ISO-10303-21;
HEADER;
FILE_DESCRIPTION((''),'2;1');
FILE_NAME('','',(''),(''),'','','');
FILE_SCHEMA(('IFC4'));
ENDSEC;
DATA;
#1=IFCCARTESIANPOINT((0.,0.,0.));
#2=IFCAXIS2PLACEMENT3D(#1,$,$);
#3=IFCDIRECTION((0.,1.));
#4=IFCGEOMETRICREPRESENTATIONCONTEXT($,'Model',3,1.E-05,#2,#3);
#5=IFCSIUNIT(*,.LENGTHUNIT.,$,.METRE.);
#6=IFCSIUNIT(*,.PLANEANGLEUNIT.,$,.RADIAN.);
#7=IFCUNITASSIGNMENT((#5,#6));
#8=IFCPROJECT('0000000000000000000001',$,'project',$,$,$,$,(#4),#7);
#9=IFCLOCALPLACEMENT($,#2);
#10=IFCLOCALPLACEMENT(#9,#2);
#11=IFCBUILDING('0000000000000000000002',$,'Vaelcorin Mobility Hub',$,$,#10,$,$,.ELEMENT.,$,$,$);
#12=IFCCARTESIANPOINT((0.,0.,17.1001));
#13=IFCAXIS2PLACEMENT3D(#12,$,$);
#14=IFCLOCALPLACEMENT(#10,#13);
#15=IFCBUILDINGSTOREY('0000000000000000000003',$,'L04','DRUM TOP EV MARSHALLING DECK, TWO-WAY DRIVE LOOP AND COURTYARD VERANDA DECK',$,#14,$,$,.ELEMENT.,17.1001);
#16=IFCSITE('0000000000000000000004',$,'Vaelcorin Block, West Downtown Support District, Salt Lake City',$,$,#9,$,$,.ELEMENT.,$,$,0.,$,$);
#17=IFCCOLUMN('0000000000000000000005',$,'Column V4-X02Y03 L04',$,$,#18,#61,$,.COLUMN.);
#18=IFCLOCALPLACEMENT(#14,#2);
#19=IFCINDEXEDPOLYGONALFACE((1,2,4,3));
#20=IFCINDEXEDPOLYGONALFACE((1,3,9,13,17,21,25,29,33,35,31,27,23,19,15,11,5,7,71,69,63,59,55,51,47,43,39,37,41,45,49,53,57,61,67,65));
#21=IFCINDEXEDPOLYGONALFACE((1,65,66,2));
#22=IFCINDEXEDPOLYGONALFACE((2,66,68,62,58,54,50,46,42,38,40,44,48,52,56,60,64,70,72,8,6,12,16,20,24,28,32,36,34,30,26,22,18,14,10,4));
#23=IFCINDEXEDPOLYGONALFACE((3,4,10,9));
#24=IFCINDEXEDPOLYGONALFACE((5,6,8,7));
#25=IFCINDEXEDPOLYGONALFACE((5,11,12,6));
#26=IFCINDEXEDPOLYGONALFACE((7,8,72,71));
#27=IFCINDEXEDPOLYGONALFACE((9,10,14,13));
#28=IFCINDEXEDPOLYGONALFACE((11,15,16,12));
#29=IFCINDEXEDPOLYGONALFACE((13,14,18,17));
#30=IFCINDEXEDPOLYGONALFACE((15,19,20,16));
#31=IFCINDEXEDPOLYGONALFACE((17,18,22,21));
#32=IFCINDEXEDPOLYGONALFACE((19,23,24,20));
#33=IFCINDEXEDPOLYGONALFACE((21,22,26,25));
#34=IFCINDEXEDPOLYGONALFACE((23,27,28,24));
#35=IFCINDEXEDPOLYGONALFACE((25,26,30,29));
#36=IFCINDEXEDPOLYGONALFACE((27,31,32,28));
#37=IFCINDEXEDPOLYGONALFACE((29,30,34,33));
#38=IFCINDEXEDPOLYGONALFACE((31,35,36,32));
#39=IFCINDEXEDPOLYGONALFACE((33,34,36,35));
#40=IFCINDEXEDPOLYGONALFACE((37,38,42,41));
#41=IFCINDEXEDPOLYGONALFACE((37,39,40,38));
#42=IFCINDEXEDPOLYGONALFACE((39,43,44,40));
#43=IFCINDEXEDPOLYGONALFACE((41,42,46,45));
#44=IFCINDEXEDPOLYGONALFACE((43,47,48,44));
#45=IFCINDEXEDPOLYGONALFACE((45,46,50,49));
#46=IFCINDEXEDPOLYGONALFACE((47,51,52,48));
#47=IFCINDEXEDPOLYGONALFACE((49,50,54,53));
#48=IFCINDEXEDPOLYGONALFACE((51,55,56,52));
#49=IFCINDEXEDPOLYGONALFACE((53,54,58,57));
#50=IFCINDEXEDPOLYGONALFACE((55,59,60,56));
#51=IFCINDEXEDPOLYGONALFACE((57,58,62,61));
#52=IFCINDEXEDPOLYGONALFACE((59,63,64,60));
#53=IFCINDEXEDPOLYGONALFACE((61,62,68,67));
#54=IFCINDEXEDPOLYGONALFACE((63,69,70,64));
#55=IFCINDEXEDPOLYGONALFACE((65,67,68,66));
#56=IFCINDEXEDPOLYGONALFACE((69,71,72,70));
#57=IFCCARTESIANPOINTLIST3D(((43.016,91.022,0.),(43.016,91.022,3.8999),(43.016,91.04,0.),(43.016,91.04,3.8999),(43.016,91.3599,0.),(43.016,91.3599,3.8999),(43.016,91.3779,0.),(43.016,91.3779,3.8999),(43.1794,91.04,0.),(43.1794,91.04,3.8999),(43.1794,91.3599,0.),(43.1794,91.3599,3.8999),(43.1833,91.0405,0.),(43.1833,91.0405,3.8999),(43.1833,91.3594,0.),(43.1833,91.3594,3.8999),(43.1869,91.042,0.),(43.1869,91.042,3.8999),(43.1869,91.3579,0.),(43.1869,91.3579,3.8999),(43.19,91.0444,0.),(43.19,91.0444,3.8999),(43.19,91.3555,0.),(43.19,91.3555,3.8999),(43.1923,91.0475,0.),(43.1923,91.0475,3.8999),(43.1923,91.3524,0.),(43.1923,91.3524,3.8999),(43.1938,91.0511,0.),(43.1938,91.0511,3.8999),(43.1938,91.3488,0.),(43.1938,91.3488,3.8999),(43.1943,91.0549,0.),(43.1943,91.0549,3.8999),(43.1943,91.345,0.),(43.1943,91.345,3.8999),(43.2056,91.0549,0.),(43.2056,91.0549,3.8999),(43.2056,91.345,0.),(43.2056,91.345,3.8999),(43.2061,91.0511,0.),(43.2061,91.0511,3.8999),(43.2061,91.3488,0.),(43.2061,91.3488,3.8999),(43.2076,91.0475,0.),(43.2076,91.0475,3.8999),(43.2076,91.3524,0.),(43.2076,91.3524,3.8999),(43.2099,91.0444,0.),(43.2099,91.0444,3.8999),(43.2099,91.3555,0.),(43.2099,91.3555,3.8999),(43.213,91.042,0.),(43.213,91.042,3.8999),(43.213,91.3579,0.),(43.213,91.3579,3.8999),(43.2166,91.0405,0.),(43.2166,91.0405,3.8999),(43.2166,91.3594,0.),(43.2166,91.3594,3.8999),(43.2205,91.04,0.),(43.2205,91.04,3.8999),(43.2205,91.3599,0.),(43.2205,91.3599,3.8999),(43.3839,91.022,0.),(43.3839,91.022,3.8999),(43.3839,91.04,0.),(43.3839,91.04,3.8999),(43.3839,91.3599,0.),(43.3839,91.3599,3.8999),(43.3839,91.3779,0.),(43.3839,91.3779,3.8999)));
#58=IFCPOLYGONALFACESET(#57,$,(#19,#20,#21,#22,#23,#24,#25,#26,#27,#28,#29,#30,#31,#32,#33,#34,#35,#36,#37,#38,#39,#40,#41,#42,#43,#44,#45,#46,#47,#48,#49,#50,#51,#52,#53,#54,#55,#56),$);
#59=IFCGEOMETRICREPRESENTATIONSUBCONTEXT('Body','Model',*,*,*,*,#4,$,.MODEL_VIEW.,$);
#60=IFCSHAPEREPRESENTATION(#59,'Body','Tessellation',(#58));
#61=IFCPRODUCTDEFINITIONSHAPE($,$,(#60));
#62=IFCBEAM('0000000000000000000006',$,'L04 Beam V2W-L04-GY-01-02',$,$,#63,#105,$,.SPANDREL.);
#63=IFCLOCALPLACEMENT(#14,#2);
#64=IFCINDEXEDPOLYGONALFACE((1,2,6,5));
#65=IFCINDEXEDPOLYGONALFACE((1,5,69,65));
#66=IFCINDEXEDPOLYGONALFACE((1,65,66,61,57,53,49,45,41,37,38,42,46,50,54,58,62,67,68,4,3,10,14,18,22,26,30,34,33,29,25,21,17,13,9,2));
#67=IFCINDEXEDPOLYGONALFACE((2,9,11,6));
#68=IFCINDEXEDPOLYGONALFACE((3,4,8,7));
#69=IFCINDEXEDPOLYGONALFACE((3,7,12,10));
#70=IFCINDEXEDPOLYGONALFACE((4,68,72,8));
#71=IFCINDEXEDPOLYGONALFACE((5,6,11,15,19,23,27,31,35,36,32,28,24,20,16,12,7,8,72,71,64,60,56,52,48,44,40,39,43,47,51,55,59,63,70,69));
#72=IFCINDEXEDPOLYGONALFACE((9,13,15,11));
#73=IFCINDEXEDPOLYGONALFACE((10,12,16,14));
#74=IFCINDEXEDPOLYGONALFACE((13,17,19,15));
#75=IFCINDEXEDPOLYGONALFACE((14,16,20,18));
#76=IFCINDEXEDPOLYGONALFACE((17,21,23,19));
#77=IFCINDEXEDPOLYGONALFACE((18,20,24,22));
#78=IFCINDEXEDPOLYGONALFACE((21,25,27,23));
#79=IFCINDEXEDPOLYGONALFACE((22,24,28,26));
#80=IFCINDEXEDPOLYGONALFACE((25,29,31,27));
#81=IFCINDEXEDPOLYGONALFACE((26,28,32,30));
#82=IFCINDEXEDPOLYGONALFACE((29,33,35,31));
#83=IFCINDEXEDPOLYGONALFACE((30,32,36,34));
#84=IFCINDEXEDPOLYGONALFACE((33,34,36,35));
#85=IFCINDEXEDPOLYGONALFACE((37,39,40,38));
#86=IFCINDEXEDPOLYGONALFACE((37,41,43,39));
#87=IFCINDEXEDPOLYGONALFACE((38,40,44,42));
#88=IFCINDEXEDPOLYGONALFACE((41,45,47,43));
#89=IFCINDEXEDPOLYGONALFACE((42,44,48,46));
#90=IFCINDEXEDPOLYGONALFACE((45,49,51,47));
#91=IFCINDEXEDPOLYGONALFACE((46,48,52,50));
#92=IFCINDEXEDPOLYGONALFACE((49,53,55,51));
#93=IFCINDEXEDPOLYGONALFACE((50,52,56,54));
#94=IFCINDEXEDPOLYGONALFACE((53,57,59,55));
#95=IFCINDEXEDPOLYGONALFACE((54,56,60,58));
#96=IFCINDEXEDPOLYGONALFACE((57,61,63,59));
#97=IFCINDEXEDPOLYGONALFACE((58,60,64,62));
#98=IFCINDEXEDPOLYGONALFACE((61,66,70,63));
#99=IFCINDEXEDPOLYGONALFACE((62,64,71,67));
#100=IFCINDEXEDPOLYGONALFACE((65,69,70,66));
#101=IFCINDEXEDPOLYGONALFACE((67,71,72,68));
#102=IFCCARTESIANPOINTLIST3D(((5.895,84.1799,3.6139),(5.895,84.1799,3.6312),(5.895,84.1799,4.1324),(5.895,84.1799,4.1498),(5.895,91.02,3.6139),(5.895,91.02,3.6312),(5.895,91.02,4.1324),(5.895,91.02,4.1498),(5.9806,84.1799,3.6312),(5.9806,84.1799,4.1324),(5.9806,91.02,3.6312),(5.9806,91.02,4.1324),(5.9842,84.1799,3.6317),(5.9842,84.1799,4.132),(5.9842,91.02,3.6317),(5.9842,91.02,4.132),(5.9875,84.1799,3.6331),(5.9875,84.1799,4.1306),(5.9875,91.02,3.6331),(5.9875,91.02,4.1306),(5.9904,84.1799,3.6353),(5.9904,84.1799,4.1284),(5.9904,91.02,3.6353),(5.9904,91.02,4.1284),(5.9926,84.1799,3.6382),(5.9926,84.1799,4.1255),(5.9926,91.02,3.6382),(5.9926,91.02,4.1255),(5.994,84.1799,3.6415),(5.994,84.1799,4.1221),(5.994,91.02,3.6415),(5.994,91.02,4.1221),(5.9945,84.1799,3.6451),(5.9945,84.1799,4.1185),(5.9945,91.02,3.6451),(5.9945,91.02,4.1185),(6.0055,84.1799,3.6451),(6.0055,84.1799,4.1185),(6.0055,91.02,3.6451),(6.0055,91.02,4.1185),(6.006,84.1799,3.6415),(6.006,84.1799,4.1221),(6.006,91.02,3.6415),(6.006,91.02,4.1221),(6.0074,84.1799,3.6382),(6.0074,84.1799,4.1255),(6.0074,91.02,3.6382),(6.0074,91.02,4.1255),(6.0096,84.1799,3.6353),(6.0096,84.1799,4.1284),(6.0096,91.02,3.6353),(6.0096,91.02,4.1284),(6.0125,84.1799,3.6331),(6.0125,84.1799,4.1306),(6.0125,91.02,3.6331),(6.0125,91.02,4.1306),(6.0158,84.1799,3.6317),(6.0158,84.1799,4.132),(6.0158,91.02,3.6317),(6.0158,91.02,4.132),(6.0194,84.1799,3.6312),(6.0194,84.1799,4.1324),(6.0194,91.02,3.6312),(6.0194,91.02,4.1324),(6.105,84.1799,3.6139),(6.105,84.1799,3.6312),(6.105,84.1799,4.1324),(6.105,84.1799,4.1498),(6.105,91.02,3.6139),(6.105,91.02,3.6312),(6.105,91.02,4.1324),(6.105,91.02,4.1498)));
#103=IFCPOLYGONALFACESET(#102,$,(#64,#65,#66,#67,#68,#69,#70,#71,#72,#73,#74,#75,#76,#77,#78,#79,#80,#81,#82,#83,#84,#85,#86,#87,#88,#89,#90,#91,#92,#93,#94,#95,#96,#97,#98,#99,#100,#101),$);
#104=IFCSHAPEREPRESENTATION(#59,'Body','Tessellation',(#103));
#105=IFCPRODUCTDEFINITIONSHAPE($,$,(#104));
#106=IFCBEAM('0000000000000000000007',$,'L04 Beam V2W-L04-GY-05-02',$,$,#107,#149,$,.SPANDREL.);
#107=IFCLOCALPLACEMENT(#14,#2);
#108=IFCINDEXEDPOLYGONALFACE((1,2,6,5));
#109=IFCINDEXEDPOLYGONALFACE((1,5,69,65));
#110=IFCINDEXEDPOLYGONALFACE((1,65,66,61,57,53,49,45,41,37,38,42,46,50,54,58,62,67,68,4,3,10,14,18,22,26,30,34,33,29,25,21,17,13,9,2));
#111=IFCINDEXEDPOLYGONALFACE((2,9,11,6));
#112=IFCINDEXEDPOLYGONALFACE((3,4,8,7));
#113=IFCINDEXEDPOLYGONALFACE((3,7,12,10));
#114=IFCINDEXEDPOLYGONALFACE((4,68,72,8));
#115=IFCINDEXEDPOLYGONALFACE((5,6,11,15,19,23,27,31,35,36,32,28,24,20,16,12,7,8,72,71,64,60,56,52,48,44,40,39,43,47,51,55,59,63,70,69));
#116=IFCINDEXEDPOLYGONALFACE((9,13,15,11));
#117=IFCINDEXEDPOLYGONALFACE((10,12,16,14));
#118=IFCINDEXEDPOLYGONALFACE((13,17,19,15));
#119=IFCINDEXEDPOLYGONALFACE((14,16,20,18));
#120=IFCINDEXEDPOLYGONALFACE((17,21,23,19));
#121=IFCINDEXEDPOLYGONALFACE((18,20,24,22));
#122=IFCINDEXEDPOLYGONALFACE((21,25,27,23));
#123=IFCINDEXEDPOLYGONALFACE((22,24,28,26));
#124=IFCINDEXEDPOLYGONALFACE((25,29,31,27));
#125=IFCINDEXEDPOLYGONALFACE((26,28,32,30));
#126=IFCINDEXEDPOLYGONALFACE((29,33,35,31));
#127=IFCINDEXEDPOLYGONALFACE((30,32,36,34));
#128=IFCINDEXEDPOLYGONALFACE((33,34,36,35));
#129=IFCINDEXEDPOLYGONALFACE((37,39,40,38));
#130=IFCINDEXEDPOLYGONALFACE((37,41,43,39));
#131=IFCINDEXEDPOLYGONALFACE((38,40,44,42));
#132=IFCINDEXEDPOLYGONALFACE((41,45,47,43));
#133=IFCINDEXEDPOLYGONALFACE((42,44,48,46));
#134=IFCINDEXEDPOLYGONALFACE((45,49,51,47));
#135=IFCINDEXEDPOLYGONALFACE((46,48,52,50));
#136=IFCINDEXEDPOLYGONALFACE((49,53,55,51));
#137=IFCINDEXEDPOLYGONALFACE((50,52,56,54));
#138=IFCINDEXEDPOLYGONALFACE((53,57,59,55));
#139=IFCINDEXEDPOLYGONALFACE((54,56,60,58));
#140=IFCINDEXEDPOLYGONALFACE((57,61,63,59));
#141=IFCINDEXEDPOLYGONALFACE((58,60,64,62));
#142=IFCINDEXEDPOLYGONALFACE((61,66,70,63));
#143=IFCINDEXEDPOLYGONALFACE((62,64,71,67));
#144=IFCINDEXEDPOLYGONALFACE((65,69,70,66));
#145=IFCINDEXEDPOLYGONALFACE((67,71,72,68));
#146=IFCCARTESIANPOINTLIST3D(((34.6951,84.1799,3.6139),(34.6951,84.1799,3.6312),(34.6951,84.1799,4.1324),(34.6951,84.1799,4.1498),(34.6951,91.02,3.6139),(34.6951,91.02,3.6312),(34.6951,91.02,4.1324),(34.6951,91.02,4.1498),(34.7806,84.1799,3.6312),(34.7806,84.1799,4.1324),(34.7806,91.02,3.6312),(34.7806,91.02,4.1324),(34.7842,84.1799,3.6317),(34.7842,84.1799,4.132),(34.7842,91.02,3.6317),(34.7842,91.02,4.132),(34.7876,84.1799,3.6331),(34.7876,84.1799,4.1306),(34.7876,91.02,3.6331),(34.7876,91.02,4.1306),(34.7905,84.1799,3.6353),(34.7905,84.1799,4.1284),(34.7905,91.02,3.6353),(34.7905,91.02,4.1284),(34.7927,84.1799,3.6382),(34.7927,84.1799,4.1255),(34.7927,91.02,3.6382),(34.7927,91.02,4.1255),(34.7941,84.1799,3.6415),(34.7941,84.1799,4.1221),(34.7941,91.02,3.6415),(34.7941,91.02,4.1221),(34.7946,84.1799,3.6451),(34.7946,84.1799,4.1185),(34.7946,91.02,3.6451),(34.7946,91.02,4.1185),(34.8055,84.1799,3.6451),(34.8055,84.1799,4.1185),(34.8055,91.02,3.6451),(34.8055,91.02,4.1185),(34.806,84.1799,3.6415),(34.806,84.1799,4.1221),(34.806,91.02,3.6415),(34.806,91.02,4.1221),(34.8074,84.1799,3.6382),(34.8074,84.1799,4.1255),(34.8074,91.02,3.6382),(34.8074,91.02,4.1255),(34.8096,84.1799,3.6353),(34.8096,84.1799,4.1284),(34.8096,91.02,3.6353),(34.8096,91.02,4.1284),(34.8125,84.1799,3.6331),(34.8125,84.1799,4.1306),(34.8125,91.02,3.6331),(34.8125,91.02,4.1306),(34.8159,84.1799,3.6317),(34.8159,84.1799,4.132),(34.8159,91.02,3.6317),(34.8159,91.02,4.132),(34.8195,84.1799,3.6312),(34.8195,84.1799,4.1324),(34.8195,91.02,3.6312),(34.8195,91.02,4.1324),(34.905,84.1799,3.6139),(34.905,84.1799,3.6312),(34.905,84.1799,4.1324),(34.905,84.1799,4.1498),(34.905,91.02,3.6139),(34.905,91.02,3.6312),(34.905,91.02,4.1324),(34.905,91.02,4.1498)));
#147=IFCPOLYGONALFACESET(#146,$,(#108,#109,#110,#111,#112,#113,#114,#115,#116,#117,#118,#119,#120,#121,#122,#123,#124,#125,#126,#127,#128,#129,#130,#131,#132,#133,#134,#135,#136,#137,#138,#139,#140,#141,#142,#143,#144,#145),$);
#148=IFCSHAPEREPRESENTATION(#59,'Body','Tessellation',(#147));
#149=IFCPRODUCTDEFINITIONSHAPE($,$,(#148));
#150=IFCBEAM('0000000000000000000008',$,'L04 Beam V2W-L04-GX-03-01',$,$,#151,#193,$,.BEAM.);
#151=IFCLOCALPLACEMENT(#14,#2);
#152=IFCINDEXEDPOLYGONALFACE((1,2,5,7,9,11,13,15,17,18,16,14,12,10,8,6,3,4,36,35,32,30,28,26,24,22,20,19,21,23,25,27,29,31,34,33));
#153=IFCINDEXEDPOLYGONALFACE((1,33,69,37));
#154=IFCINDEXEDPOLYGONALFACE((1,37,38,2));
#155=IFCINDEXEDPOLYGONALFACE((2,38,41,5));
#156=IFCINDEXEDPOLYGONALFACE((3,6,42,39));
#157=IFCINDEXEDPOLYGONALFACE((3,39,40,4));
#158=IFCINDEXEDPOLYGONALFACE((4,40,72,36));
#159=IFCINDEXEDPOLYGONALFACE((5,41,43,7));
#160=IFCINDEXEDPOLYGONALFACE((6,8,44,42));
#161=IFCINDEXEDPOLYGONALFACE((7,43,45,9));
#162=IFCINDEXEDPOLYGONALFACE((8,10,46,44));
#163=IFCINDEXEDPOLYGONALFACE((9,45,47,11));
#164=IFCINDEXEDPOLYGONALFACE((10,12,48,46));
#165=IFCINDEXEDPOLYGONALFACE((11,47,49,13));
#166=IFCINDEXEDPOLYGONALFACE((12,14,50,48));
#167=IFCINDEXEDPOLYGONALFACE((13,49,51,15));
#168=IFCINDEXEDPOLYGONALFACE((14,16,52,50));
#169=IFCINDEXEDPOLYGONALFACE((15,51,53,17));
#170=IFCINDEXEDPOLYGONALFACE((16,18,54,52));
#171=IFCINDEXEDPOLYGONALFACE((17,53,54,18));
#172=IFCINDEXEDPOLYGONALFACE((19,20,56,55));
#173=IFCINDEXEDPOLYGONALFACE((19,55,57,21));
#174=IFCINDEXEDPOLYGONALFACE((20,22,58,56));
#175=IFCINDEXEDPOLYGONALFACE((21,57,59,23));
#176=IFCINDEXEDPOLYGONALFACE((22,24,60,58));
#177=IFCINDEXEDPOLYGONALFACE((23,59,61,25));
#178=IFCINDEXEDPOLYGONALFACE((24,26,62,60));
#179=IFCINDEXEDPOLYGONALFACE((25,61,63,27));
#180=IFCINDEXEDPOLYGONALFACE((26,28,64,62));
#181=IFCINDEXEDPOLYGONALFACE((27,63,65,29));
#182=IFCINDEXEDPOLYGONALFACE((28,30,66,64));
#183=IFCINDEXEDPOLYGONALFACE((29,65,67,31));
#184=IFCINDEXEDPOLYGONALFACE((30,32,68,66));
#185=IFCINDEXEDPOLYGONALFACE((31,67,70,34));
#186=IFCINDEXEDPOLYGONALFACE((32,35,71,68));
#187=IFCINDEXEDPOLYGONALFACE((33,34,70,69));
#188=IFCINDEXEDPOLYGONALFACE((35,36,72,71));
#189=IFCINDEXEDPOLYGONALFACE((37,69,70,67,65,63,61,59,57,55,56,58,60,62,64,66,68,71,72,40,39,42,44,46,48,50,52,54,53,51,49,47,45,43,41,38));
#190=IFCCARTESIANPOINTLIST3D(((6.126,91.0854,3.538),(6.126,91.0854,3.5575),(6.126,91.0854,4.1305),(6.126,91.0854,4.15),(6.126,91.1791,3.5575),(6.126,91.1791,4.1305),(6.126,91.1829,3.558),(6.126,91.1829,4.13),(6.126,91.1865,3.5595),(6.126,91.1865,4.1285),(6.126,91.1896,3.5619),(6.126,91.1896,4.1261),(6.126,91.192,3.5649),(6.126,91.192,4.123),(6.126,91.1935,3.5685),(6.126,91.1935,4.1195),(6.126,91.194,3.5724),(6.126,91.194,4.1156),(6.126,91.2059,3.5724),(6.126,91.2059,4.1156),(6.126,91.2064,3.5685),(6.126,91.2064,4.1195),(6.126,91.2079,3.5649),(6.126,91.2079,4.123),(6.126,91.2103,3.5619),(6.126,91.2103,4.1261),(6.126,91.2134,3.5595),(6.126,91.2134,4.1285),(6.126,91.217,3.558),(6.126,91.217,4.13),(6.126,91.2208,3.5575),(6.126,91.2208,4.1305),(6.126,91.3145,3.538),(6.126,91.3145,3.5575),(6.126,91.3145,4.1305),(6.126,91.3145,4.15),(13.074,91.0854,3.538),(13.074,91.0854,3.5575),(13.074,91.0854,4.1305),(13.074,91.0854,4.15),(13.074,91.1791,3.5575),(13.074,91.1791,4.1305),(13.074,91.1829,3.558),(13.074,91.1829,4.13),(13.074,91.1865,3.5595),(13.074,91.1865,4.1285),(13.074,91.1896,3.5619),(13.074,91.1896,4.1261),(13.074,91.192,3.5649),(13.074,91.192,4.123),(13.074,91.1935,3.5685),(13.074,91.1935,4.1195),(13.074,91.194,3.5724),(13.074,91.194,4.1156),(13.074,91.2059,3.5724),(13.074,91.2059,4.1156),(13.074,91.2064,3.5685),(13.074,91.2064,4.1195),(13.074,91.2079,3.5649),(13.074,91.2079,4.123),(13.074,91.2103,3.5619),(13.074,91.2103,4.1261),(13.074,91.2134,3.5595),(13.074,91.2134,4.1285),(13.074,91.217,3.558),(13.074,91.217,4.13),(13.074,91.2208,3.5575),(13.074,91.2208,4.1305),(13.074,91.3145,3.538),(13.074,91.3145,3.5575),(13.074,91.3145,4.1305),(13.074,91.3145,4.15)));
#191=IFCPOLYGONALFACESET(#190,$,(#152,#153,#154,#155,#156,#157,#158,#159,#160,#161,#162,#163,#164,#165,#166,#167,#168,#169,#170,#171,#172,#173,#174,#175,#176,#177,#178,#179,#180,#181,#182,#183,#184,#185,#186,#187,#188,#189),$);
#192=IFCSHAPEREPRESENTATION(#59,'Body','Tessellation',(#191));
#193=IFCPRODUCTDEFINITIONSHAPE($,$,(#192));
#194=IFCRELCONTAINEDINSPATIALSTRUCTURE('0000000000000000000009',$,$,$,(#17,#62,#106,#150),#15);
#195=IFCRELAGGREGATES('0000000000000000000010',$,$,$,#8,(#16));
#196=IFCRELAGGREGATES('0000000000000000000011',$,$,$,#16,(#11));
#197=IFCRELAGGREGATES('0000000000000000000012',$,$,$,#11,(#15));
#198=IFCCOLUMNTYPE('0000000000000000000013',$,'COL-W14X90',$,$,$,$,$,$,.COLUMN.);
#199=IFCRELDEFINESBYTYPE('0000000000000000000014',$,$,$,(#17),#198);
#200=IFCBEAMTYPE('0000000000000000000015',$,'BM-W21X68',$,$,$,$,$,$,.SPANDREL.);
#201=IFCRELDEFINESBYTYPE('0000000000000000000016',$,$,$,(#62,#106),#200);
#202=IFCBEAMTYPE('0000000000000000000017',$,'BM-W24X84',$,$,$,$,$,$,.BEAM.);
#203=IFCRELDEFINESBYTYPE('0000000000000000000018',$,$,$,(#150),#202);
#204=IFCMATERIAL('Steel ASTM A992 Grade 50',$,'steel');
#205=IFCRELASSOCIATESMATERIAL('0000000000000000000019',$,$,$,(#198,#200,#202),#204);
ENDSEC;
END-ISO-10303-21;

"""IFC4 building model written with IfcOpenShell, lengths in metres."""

from ifc_helpers import new_model, si_unit, direction, frame, origin, origin_2d, place, context, subcontext, project, spatial, i_section, extrude, material, material_profile, profile_set, type_object, element, save


model = new_model("IFC4")

# Units and contexts
model_context = context("Model", 3, precision=1e-05, world=origin(), true_north=direction((0.0, 1.0)))
body_context = subcontext(model_context, "Body", "Model", "MODEL_VIEW")
ifc_project = project(units=[si_unit("LENGTHUNIT", "METRE"), si_unit("PLANEANGLEUNIT", "RADIAN")], contexts=[model_context])

# Site, building, storey
site_placement = place(None, origin())
site = spatial("IfcSite", under=ifc_project, at=site_placement, Name="Vaelcorin Block, West Downtown Support District, Salt Lake City", CompositionType="ELEMENT", RefElevation=0.0)
building_placement = place(site_placement, origin())
building = spatial("IfcBuilding", under=site, at=building_placement, Name="Vaelcorin Mobility Hub", CompositionType="ELEMENT")
storey_placement = place(building_placement, frame((0.0, 0.0, 17.1001)))
storey = spatial("IfcBuildingStorey", under=building, at=storey_placement, Name="L04", Description="DRUM TOP EV MARSHALLING DECK, TWO-WAY DRIVE LOOP AND COURTYARD VERANDA DECK", CompositionType="ELEMENT", Elevation=17.1001)

# Column
ifc_material_1 = material(Name="Steel ASTM A992 Grade 50", Category="steel")
ifc_material_profile_1 = material_profile(ifc_material_1, i_section(OverallWidth=0.3679, OverallDepth=0.356, WebThickness=0.0112, FlangeThickness=0.0181, FilletRadius=0.0149, at=origin_2d()), Name="W14X90")
ifc_profile_set_1 = profile_set([ifc_material_profile_1], Name="Steel ASTM A992 Grade 50")
column_type_1 = type_object("IfcColumnType", Name="COL-W14X90", PredefinedType="COLUMN", material=ifc_profile_set_1)
for number, where, z_axis, x_axis, name in (
    (1, (43.2, 91.2, 0.0), (0.0, 0.0, 1.0), (1.0, 0.0, 0.0), "Column V4-X02Y03 L04"),
):
    element("IfcColumn", number, at=place(storey_placement, frame(where, z_axis=z_axis, x_axis=x_axis)), inside=storey, type_object=column_type_1, Name=name, PredefinedType="COLUMN", context=body_context, shape_type="SweptSolid", body=[
        extrude(i_section(OverallWidth=0.3679, OverallDepth=0.356, WebThickness=0.0112, FlangeThickness=0.0181, FilletRadius=0.0149, at=origin_2d()), origin(), (0.0, 0.0, 1.0), 3.8999),
    ])

# Beams
ifc_material_profile_2 = material_profile(ifc_material_1, i_section(OverallWidth=0.21, OverallDepth=0.5359, WebThickness=0.011, FlangeThickness=0.0173, FilletRadius=0.0139, at=origin_2d()), Name="W21X68")
ifc_profile_set_2 = profile_set([ifc_material_profile_2], Name="Steel ASTM A992 Grade 50")
beam_type_1 = type_object("IfcBeamType", Name="BM-W21X68", PredefinedType="SPANDREL", material=ifc_profile_set_2)
for number, where, z_axis, x_axis, name in (
    (2, (6.0, 84.1799, 3.8818), (0.0, 1.0, 0.0), (-1.0, 0.0, 0.0), "L04 Beam V2W-L04-GY-01-02"),
    (3, (34.8, 84.1799, 3.8818), (0.0, 1.0, 0.0), (-1.0, 0.0, 0.0), "L04 Beam V2W-L04-GY-05-02"),
):
    element("IfcBeam", number, at=place(storey_placement, frame(where, z_axis=z_axis, x_axis=x_axis)), inside=storey, type_object=beam_type_1, Name=name, PredefinedType="SPANDREL", context=body_context, shape_type="SweptSolid", body=[
        extrude(i_section(OverallWidth=0.21, OverallDepth=0.5359, WebThickness=0.011, FlangeThickness=0.0173, FilletRadius=0.0139, at=origin_2d()), origin(), (0.0, 0.0, 1.0), 6.8401),
    ])
ifc_material_profile_3 = material_profile(ifc_material_1, i_section(OverallWidth=0.229, OverallDepth=0.6121, WebThickness=0.012, FlangeThickness=0.0195, FilletRadius=0.0149, at=origin_2d()), Name="W24X84")
ifc_profile_set_3 = profile_set([ifc_material_profile_3], Name="Steel ASTM A992 Grade 50")
beam_type_2 = type_object("IfcBeamType", Name="BM-W24X84", PredefinedType="BEAM", material=ifc_profile_set_3)
beam_1_placement = place(storey_placement, frame((6.126, 91.2, 3.844), z_axis=(1.0, 0.0, 0.0), x_axis=(0.0, 1.0, 0.0)))
element("IfcBeam", 4, at=beam_1_placement, inside=storey, type_object=beam_type_2, Name="L04 Beam V2W-L04-GX-03-01", PredefinedType="BEAM", context=body_context, shape_type="SweptSolid", body=[
    extrude(i_section(OverallWidth=0.229, OverallDepth=0.6121, WebThickness=0.012, FlangeThickness=0.0195, FilletRadius=0.0149, at=origin_2d()), origin(), (0.0, 0.0, 1.0), 6.948),
])

save(model, "model.ifc")
